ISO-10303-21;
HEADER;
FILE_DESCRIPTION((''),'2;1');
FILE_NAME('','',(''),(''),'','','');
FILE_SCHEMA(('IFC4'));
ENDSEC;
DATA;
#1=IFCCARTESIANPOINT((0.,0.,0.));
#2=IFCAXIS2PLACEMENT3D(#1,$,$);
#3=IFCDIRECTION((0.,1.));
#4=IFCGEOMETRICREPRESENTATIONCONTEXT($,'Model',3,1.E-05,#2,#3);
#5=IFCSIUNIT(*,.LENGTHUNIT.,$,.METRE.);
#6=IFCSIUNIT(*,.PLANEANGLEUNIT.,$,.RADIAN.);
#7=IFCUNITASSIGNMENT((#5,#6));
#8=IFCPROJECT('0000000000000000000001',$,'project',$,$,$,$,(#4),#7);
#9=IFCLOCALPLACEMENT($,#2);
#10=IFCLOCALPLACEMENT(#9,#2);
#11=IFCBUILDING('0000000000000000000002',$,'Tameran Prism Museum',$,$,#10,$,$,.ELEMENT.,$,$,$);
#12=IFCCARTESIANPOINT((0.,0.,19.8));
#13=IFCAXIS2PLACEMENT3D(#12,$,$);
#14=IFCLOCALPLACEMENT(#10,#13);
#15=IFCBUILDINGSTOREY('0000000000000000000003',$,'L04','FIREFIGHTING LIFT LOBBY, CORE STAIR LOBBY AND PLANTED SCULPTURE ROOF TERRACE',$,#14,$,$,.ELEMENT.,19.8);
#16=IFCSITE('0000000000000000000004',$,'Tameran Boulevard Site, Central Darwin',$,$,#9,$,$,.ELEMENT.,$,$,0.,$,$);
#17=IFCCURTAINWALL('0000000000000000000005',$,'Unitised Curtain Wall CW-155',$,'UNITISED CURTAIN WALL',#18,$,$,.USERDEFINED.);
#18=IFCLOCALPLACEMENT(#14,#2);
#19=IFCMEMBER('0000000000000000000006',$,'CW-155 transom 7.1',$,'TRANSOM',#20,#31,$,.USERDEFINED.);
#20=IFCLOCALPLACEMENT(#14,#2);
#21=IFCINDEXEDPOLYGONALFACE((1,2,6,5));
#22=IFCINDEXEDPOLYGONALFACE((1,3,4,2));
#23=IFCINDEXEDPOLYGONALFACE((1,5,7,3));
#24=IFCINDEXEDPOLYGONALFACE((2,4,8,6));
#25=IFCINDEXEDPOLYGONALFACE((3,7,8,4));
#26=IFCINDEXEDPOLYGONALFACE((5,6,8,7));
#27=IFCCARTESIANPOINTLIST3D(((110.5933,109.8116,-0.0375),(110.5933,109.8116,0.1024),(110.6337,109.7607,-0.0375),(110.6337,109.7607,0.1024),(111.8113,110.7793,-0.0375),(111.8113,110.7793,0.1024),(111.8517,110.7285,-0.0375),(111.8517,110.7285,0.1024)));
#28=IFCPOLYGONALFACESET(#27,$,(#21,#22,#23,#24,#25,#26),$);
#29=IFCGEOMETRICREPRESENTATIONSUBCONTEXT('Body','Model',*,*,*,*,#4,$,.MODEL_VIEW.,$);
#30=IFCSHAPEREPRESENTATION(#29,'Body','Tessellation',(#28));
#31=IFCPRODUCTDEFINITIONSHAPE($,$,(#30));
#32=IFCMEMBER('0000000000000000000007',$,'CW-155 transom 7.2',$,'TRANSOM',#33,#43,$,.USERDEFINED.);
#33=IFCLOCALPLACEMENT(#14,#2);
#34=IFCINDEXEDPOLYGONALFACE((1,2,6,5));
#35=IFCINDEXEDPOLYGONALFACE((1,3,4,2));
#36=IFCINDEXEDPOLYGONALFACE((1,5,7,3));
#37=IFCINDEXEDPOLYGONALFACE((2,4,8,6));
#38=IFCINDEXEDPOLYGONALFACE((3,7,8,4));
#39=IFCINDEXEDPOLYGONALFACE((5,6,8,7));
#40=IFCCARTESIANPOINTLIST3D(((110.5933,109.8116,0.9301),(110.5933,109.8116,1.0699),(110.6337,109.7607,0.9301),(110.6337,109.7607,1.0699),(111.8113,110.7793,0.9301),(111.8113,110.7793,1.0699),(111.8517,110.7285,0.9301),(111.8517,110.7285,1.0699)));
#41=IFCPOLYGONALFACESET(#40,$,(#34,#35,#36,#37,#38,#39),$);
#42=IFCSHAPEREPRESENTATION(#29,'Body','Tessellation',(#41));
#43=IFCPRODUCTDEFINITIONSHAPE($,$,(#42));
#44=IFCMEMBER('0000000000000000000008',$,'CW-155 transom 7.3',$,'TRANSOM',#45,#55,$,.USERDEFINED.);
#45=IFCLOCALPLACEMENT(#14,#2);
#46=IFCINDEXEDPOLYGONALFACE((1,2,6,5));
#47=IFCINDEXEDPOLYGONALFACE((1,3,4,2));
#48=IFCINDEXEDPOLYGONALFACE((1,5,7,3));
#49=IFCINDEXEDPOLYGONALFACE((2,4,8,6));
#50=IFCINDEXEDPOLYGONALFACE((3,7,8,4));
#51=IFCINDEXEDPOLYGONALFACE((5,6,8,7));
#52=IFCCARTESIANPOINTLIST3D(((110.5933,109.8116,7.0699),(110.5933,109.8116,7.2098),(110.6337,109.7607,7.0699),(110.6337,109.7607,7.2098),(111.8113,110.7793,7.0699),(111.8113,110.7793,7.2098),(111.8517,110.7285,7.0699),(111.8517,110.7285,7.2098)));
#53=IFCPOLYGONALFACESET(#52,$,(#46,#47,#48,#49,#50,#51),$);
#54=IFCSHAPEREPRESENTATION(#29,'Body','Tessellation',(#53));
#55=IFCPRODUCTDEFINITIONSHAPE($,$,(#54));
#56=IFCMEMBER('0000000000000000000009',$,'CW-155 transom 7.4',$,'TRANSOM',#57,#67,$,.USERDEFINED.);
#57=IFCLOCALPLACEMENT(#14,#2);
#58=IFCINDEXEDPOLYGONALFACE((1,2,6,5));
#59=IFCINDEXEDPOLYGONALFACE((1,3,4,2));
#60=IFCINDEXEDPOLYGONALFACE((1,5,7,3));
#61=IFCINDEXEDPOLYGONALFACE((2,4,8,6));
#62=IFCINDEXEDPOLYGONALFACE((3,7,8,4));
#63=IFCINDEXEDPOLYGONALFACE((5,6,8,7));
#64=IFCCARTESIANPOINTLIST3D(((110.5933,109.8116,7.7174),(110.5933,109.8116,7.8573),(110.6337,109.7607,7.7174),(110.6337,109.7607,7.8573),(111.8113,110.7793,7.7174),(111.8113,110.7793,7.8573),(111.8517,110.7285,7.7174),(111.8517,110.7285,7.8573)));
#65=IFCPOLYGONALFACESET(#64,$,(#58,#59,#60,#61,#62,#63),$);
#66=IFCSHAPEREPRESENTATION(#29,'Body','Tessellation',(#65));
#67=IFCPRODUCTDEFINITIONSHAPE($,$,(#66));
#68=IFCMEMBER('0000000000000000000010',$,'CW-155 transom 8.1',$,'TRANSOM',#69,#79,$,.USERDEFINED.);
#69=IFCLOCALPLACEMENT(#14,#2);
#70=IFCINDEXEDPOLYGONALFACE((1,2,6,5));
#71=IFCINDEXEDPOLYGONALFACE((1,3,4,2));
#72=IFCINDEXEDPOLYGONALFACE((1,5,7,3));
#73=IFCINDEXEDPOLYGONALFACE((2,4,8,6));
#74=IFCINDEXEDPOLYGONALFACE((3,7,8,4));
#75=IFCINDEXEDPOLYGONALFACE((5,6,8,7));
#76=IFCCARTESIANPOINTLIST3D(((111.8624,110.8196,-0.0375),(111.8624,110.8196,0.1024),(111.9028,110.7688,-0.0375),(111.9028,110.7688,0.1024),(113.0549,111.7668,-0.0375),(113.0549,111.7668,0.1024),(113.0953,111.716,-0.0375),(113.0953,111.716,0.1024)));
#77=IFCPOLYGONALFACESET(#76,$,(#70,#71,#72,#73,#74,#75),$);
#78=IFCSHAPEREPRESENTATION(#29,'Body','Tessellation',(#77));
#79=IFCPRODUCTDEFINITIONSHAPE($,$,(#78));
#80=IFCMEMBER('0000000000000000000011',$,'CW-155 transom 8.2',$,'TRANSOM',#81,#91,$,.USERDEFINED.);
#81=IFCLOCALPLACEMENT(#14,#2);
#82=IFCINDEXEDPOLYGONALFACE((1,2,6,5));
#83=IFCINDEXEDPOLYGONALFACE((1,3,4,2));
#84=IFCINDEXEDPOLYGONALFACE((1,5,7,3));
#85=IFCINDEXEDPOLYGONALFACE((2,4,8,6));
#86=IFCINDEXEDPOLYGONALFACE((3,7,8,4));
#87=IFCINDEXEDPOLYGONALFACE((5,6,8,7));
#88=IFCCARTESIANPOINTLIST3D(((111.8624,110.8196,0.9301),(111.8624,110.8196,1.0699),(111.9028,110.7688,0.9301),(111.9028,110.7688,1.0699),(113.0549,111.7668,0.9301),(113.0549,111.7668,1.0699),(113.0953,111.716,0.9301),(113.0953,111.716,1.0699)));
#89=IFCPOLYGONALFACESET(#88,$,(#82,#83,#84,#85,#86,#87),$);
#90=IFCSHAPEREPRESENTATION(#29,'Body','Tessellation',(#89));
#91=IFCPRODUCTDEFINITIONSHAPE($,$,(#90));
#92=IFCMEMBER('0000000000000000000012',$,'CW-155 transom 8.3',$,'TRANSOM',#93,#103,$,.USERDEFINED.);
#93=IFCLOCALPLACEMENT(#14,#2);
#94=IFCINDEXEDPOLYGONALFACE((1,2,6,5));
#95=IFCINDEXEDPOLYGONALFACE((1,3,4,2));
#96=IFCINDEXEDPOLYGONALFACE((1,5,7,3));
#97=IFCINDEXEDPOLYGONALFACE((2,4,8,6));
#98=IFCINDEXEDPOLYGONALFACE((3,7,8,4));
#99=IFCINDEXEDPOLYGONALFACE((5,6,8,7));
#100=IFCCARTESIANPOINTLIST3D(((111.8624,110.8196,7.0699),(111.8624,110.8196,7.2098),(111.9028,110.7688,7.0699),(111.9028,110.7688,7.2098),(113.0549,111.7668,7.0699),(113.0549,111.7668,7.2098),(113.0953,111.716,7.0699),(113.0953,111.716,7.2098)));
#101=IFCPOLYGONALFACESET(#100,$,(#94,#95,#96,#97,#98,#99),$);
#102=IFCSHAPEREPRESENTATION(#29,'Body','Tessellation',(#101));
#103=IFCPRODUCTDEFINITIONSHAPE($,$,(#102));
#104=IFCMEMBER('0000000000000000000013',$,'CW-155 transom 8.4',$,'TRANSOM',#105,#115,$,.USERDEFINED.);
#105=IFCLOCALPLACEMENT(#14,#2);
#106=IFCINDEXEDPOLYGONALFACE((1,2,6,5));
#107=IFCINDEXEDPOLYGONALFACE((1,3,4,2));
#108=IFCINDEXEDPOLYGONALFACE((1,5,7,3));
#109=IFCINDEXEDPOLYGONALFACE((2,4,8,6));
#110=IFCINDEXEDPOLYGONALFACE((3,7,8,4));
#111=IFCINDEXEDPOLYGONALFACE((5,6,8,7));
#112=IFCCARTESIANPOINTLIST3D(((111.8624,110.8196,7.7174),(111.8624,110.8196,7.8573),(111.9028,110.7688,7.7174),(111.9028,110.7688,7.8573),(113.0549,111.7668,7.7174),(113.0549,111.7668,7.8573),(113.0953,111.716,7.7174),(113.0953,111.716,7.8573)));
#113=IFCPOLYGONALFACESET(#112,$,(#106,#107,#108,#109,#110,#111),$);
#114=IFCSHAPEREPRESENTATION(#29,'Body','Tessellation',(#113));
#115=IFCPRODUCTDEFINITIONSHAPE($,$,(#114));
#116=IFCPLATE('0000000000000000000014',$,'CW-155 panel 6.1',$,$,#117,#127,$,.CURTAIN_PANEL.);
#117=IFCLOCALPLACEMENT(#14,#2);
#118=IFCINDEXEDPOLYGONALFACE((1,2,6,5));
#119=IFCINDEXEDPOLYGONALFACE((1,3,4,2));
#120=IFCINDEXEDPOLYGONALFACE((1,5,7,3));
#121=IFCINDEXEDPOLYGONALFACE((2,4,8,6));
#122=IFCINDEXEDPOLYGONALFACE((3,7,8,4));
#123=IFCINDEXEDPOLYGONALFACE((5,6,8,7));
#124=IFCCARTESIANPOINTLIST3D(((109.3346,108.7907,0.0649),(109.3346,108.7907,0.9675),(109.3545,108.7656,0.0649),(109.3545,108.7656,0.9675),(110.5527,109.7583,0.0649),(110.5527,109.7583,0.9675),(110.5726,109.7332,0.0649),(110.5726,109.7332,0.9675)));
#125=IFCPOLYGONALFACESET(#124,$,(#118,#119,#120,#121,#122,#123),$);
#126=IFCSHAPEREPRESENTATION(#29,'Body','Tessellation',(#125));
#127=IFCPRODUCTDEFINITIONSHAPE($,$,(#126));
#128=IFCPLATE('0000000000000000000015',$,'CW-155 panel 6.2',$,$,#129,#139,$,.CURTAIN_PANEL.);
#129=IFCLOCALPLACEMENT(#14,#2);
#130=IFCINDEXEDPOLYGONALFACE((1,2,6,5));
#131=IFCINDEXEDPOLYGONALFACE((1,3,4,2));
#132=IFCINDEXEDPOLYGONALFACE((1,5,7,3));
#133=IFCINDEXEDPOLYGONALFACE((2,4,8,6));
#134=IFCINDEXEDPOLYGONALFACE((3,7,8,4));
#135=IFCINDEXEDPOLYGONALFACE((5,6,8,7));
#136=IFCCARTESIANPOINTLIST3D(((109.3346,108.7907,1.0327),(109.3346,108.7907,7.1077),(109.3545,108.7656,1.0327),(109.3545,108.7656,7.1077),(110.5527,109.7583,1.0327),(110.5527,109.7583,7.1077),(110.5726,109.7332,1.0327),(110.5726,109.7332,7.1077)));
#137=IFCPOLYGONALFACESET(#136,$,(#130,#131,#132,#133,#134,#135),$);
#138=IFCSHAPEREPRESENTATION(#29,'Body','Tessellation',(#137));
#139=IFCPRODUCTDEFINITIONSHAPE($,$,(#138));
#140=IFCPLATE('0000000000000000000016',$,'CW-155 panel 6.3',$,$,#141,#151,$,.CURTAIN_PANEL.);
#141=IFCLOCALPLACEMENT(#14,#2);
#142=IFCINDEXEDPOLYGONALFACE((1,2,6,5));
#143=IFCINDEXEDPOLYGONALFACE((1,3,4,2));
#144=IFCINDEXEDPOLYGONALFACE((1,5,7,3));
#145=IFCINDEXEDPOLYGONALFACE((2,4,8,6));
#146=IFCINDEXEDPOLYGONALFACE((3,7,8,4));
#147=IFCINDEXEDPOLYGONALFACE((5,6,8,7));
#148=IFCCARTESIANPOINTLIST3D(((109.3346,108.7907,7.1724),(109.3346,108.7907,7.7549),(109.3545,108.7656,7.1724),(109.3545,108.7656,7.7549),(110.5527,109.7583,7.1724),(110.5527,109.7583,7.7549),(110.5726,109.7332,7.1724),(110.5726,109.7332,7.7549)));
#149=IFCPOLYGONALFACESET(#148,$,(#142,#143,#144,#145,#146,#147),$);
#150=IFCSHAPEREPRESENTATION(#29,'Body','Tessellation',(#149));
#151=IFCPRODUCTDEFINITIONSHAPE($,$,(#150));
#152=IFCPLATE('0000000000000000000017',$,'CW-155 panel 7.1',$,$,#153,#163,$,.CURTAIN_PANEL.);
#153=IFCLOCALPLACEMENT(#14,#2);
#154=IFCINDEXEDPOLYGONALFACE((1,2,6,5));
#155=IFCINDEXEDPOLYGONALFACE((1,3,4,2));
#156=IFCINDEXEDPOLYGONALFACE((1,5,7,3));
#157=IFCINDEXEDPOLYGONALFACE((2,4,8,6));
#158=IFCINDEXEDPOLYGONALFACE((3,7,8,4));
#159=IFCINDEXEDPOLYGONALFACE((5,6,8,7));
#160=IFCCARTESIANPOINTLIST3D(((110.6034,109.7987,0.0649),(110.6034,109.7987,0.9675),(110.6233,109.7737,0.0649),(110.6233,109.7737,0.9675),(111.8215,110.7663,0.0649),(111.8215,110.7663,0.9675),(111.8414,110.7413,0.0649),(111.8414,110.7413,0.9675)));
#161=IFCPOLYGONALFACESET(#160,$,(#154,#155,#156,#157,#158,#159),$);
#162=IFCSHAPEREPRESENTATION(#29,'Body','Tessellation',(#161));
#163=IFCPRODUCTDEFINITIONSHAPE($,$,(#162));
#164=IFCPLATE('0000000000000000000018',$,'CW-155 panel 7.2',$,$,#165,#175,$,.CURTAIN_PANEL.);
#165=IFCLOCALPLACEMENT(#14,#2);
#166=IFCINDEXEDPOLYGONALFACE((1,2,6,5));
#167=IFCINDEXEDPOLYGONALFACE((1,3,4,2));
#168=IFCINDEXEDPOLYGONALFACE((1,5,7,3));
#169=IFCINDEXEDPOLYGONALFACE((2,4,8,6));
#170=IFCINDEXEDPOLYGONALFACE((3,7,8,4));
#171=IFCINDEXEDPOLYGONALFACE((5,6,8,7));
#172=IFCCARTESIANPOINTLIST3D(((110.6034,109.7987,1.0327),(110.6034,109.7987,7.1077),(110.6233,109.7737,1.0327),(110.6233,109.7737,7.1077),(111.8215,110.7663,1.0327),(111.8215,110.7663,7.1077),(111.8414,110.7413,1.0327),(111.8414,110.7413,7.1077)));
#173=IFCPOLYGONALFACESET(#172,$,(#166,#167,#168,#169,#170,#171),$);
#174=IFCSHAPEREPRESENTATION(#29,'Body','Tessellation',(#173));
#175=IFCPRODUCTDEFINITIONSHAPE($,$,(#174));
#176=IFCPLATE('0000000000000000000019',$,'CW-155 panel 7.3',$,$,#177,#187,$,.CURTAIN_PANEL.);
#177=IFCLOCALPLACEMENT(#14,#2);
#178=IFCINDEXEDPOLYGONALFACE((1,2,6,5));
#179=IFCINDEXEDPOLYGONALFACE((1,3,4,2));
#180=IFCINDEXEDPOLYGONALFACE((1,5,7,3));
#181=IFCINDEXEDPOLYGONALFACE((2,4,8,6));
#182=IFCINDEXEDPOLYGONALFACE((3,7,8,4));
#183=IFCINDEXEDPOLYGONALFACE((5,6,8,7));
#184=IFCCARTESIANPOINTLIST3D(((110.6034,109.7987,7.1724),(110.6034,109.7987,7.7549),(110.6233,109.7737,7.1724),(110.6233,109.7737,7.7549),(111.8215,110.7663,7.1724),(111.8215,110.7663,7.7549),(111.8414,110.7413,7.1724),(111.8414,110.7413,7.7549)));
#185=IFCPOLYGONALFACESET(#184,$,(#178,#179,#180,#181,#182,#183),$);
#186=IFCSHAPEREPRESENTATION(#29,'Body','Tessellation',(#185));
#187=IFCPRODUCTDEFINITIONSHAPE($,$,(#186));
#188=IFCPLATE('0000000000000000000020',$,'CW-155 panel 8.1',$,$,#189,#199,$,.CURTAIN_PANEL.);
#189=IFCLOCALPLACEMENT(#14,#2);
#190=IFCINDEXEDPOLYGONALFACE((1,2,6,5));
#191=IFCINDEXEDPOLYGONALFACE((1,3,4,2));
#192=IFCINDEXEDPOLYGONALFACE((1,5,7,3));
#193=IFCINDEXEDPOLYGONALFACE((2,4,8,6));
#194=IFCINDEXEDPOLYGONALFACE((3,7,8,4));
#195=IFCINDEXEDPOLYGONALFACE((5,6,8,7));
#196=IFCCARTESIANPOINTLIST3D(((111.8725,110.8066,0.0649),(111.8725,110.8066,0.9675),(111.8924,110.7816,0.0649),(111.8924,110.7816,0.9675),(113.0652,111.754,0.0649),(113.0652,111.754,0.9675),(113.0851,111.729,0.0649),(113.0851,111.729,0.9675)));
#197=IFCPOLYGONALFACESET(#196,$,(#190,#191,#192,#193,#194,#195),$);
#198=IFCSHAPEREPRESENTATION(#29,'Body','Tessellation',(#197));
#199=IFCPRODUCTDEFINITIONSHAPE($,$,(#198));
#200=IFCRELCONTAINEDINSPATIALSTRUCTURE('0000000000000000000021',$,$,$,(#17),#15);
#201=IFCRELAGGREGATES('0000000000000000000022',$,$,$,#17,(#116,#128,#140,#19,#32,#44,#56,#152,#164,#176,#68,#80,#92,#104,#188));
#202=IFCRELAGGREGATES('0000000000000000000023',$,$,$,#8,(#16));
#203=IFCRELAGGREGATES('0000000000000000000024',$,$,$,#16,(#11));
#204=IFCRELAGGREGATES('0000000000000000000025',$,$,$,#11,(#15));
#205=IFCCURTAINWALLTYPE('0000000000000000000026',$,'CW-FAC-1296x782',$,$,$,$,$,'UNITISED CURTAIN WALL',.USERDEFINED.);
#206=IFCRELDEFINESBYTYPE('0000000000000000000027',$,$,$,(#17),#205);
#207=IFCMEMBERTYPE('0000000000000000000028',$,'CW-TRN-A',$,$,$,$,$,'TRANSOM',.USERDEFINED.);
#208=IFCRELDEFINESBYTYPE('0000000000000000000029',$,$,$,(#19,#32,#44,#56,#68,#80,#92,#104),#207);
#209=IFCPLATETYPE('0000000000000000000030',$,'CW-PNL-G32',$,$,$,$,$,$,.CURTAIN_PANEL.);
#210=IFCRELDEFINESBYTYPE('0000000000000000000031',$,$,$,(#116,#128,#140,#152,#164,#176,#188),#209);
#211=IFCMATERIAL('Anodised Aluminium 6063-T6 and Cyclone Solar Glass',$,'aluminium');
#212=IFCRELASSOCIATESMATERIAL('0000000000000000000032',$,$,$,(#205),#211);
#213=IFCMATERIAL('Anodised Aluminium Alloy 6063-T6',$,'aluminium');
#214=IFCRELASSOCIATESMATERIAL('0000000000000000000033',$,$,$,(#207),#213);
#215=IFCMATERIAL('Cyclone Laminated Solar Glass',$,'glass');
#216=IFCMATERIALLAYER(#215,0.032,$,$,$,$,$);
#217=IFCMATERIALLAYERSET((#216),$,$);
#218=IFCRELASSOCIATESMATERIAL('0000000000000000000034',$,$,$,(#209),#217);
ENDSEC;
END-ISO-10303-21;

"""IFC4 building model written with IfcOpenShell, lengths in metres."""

from ifc_helpers import new_model, si_unit, direction, frame, origin, origin_2d, place, context, subcontext, project, spatial, rectangle, extrude, material, layer, layer_set, material_profile, profile_set, type_object, element, aggregate, save


model = new_model("IFC4")

# Units and contexts
model_context = context("Model", 3, precision=1e-05, world=origin(), true_north=direction((0.0, 1.0)))
body_context = subcontext(model_context, "Body", "Model", "MODEL_VIEW")
ifc_project = project(units=[si_unit("LENGTHUNIT", "METRE"), si_unit("PLANEANGLEUNIT", "RADIAN")], contexts=[model_context])

# Site, building, storey
site_placement = place(None, origin())
site = spatial("IfcSite", under=ifc_project, at=site_placement, Name="Tameran Boulevard Site, Central Darwin", CompositionType="ELEMENT", RefElevation=0.0)
building_placement = place(site_placement, origin())
building = spatial("IfcBuilding", under=site, at=building_placement, Name="Tameran Prism Museum", CompositionType="ELEMENT")
storey_placement = place(building_placement, frame((0.0, 0.0, 19.8)))
storey = spatial("IfcBuildingStorey", under=building, at=storey_placement, Name="L04", Description="FIREFIGHTING LIFT LOBBY, CORE STAIR LOBBY AND PLANTED SCULPTURE ROOF TERRACE", CompositionType="ELEMENT", Elevation=19.8)

# Curtain wall, members, plates
ifc_material_1 = material(Name="Anodised Aluminium 6063-T6 and Cyclone Solar Glass", Category="aluminium")
curtain_wall_type = type_object("IfcCurtainWallType", Name="CW-FAC-1296x782", ElementType="UNITISED CURTAIN WALL", PredefinedType="USERDEFINED", material=ifc_material_1)
curtain_wall_placement = place(storey_placement, origin())
curtain_wall = element("IfcCurtainWall", 1, at=curtain_wall_placement, inside=storey, type_object=curtain_wall_type, Name="Unitised Curtain Wall CW-155", ObjectType="UNITISED CURTAIN WALL", PredefinedType="USERDEFINED")
ifc_material_2 = material(Name="Anodised Aluminium Alloy 6063-T6", Category="aluminium")
ifc_material_profile_1 = material_profile(ifc_material_2, rectangle(XDim=0.0649, YDim=0.1399, at=origin_2d()))
ifc_profile_set_1 = profile_set([ifc_material_profile_1])
member_type_1 = type_object("IfcMemberType", Name="CW-TRN-A", ElementType="TRANSOM", PredefinedType="USERDEFINED", material=ifc_profile_set_1)
member_1_placement = place(storey_placement, frame((110.6135, 109.7861, 0.0325), z_axis=(0.782947, 0.622089, 0.0), x_axis=(-0.622089, 0.782947, 0.0)))
member_1 = element("IfcMember", 2, at=member_1_placement, type_object=member_type_1, Name="CW-155 transom 7.1", ObjectType="TRANSOM", PredefinedType="USERDEFINED", context=body_context, shape_type="SweptSolid", body=[
    extrude(rectangle(XDim=0.0649, YDim=0.1399, at=origin_2d()), origin(), (0.0, 0.0, 1.0), 1.5557),
])
member_2_placement = place(storey_placement, frame((110.6135, 109.7861, 1.0), z_axis=(0.782947, 0.622089, 0.0), x_axis=(-0.622089, 0.782947, 0.0)))
member_2 = element("IfcMember", 3, at=member_2_placement, type_object=member_type_1, Name="CW-155 transom 7.2", ObjectType="TRANSOM", PredefinedType="USERDEFINED", context=body_context, shape_type="SweptSolid", body=[
    extrude(rectangle(XDim=0.0649, YDim=0.1399, at=origin_2d()), origin(), (0.0, 0.0, 1.0), 1.5557),
])
member_3_placement = place(storey_placement, frame((110.6135, 109.7861, 7.1399), z_axis=(0.782947, 0.622089, 0.0), x_axis=(-0.622089, 0.782947, 0.0)))
member_3 = element("IfcMember", 4, at=member_3_placement, type_object=member_type_1, Name="CW-155 transom 7.3", ObjectType="TRANSOM", PredefinedType="USERDEFINED", context=body_context, shape_type="SweptSolid", body=[
    extrude(rectangle(XDim=0.0649, YDim=0.1399, at=origin_2d()), origin(), (0.0, 0.0, 1.0), 1.5557),
])
member_4_placement = place(storey_placement, frame((110.6135, 109.7861, 7.7874), z_axis=(0.782947, 0.622089, 0.0), x_axis=(-0.622089, 0.782947, 0.0)))
member_4 = element("IfcMember", 5, at=member_4_placement, type_object=member_type_1, Name="CW-155 transom 7.4", ObjectType="TRANSOM", PredefinedType="USERDEFINED", context=body_context, shape_type="SweptSolid", body=[
    extrude(rectangle(XDim=0.0649, YDim=0.1399, at=origin_2d()), origin(), (0.0, 0.0, 1.0), 1.5557),
])
member_5_placement = place(storey_placement, frame((111.8826, 110.7942, 0.0325), z_axis=(0.783053, 0.621954, 0.0), x_axis=(-0.621954, 0.783053, 0.0)))
member_5 = element("IfcMember", 6, at=member_5_placement, type_object=member_type_1, Name="CW-155 transom 8.1", ObjectType="TRANSOM", PredefinedType="USERDEFINED", context=body_context, shape_type="SweptSolid", body=[
    extrude(rectangle(XDim=0.0649, YDim=0.1399, at=origin_2d()), origin(), (0.0, 0.0, 1.0), 1.5229),
])
member_6_placement = place(storey_placement, frame((111.8826, 110.7942, 1.0), z_axis=(0.783053, 0.621954, 0.0), x_axis=(-0.621954, 0.783053, 0.0)))
member_6 = element("IfcMember", 7, at=member_6_placement, type_object=member_type_1, Name="CW-155 transom 8.2", ObjectType="TRANSOM", PredefinedType="USERDEFINED", context=body_context, shape_type="SweptSolid", body=[
    extrude(rectangle(XDim=0.0649, YDim=0.1399, at=origin_2d()), origin(), (0.0, 0.0, 1.0), 1.5229),
])
member_7_placement = place(storey_placement, frame((111.8826, 110.7942, 7.1399), z_axis=(0.783053, 0.621954, 0.0), x_axis=(-0.621954, 0.783053, 0.0)))
member_7 = element("IfcMember", 8, at=member_7_placement, type_object=member_type_1, Name="CW-155 transom 8.3", ObjectType="TRANSOM", PredefinedType="USERDEFINED", context=body_context, shape_type="SweptSolid", body=[
    extrude(rectangle(XDim=0.0649, YDim=0.1399, at=origin_2d()), origin(), (0.0, 0.0, 1.0), 1.5229),
])
member_8_placement = place(storey_placement, frame((111.8826, 110.7942, 7.7874), z_axis=(0.783053, 0.621954, 0.0), x_axis=(-0.621954, 0.783053, 0.0)))
member_8 = element("IfcMember", 9, at=member_8_placement, type_object=member_type_1, Name="CW-155 transom 8.4", ObjectType="TRANSOM", PredefinedType="USERDEFINED", context=body_context, shape_type="SweptSolid", body=[
    extrude(rectangle(XDim=0.0649, YDim=0.1399, at=origin_2d()), origin(), (0.0, 0.0, 1.0), 1.5229),
])
ifc_material_3 = material(Name="Cyclone Laminated Solar Glass", Category="glass")
ifc_layer_1 = layer(ifc_material_3, 0.032)
ifc_layer_set_1 = layer_set([ifc_layer_1])
plate_type = type_object("IfcPlateType", Name="CW-PNL-G32", PredefinedType="CURTAIN_PANEL", material=ifc_layer_set_1)
plate_1_placement = place(storey_placement, frame((109.9536, 109.262, 0.0649), z_axis=(0.0, 0.0, 1.0), x_axis=(0.783031, 0.621982, 0.0)))
plate_1 = element("IfcPlate", 10, at=plate_1_placement, type_object=plate_type, Name="CW-155 panel 6.1", PredefinedType="CURTAIN_PANEL", context=body_context, shape_type="SweptSolid", body=[
    extrude(rectangle(XDim=1.5557, YDim=0.032, at=origin_2d()), origin(), (0.0, 0.0, 1.0), 0.9026),
])
plate_2_placement = place(storey_placement, frame((109.9536, 109.262, 1.0327), z_axis=(0.0, 0.0, 1.0), x_axis=(0.783031, 0.621982, 0.0)))
plate_2 = element("IfcPlate", 11, at=plate_2_placement, type_object=plate_type, Name="CW-155 panel 6.2", PredefinedType="CURTAIN_PANEL", context=body_context, shape_type="SweptSolid", body=[
    extrude(rectangle(XDim=1.5557, YDim=0.032, at=origin_2d()), origin(), (0.0, 0.0, 1.0), 6.075),
])
plate_3_placement = place(storey_placement, frame((109.9536, 109.262, 7.1724), z_axis=(0.0, 0.0, 1.0), x_axis=(0.783031, 0.621982, 0.0)))
plate_3 = element("IfcPlate", 12, at=plate_3_placement, type_object=plate_type, Name="CW-155 panel 6.3", PredefinedType="CURTAIN_PANEL", context=body_context, shape_type="SweptSolid", body=[
    extrude(rectangle(XDim=1.5557, YDim=0.032, at=origin_2d()), origin(), (0.0, 0.0, 1.0), 0.5825),
])
plate_4_placement = place(storey_placement, frame((111.2224, 110.27, 0.0649), z_axis=(0.0, 0.0, 1.0), x_axis=(0.783031, 0.621982, 0.0)))
plate_4 = element("IfcPlate", 13, at=plate_4_placement, type_object=plate_type, Name="CW-155 panel 7.1", PredefinedType="CURTAIN_PANEL", context=body_context, shape_type="SweptSolid", body=[
    extrude(rectangle(XDim=1.5557, YDim=0.032, at=origin_2d()), origin(), (0.0, 0.0, 1.0), 0.9026),
])
plate_5_placement = place(storey_placement, frame((111.2224, 110.27, 1.0327), z_axis=(0.0, 0.0, 1.0), x_axis=(0.783031, 0.621982, 0.0)))
plate_5 = element("IfcPlate", 14, at=plate_5_placement, type_object=plate_type, Name="CW-155 panel 7.2", PredefinedType="CURTAIN_PANEL", context=body_context, shape_type="SweptSolid", body=[
    extrude(rectangle(XDim=1.5557, YDim=0.032, at=origin_2d()), origin(), (0.0, 0.0, 1.0), 6.075),
])
plate_6_placement = place(storey_placement, frame((111.2224, 110.27, 7.1724), z_axis=(0.0, 0.0, 1.0), x_axis=(0.783031, 0.621982, 0.0)))
plate_6 = element("IfcPlate", 15, at=plate_6_placement, type_object=plate_type, Name="CW-155 panel 7.3", PredefinedType="CURTAIN_PANEL", context=body_context, shape_type="SweptSolid", body=[
    extrude(rectangle(XDim=1.5557, YDim=0.032, at=origin_2d()), origin(), (0.0, 0.0, 1.0), 0.5825),
])
plate_7_placement = place(storey_placement, frame((112.4788, 111.2678, 0.0649), z_axis=(0.0, 0.0, 1.0), x_axis=(0.783031, 0.621982, 0.0)))
plate_7 = element("IfcPlate", 16, at=plate_7_placement, type_object=plate_type, Name="CW-155 panel 8.1", PredefinedType="CURTAIN_PANEL", context=body_context, shape_type="SweptSolid", body=[
    extrude(rectangle(XDim=1.5232, YDim=0.032, at=origin_2d()), origin(), (0.0, 0.0, 1.0), 0.9026),
])
aggregate(curtain_wall, [plate_1, plate_2, plate_3, member_1, member_2, member_3, member_4, plate_4, plate_5, plate_6, member_5, member_6, member_7, member_8, plate_7])

save(model, "model.ifc")
